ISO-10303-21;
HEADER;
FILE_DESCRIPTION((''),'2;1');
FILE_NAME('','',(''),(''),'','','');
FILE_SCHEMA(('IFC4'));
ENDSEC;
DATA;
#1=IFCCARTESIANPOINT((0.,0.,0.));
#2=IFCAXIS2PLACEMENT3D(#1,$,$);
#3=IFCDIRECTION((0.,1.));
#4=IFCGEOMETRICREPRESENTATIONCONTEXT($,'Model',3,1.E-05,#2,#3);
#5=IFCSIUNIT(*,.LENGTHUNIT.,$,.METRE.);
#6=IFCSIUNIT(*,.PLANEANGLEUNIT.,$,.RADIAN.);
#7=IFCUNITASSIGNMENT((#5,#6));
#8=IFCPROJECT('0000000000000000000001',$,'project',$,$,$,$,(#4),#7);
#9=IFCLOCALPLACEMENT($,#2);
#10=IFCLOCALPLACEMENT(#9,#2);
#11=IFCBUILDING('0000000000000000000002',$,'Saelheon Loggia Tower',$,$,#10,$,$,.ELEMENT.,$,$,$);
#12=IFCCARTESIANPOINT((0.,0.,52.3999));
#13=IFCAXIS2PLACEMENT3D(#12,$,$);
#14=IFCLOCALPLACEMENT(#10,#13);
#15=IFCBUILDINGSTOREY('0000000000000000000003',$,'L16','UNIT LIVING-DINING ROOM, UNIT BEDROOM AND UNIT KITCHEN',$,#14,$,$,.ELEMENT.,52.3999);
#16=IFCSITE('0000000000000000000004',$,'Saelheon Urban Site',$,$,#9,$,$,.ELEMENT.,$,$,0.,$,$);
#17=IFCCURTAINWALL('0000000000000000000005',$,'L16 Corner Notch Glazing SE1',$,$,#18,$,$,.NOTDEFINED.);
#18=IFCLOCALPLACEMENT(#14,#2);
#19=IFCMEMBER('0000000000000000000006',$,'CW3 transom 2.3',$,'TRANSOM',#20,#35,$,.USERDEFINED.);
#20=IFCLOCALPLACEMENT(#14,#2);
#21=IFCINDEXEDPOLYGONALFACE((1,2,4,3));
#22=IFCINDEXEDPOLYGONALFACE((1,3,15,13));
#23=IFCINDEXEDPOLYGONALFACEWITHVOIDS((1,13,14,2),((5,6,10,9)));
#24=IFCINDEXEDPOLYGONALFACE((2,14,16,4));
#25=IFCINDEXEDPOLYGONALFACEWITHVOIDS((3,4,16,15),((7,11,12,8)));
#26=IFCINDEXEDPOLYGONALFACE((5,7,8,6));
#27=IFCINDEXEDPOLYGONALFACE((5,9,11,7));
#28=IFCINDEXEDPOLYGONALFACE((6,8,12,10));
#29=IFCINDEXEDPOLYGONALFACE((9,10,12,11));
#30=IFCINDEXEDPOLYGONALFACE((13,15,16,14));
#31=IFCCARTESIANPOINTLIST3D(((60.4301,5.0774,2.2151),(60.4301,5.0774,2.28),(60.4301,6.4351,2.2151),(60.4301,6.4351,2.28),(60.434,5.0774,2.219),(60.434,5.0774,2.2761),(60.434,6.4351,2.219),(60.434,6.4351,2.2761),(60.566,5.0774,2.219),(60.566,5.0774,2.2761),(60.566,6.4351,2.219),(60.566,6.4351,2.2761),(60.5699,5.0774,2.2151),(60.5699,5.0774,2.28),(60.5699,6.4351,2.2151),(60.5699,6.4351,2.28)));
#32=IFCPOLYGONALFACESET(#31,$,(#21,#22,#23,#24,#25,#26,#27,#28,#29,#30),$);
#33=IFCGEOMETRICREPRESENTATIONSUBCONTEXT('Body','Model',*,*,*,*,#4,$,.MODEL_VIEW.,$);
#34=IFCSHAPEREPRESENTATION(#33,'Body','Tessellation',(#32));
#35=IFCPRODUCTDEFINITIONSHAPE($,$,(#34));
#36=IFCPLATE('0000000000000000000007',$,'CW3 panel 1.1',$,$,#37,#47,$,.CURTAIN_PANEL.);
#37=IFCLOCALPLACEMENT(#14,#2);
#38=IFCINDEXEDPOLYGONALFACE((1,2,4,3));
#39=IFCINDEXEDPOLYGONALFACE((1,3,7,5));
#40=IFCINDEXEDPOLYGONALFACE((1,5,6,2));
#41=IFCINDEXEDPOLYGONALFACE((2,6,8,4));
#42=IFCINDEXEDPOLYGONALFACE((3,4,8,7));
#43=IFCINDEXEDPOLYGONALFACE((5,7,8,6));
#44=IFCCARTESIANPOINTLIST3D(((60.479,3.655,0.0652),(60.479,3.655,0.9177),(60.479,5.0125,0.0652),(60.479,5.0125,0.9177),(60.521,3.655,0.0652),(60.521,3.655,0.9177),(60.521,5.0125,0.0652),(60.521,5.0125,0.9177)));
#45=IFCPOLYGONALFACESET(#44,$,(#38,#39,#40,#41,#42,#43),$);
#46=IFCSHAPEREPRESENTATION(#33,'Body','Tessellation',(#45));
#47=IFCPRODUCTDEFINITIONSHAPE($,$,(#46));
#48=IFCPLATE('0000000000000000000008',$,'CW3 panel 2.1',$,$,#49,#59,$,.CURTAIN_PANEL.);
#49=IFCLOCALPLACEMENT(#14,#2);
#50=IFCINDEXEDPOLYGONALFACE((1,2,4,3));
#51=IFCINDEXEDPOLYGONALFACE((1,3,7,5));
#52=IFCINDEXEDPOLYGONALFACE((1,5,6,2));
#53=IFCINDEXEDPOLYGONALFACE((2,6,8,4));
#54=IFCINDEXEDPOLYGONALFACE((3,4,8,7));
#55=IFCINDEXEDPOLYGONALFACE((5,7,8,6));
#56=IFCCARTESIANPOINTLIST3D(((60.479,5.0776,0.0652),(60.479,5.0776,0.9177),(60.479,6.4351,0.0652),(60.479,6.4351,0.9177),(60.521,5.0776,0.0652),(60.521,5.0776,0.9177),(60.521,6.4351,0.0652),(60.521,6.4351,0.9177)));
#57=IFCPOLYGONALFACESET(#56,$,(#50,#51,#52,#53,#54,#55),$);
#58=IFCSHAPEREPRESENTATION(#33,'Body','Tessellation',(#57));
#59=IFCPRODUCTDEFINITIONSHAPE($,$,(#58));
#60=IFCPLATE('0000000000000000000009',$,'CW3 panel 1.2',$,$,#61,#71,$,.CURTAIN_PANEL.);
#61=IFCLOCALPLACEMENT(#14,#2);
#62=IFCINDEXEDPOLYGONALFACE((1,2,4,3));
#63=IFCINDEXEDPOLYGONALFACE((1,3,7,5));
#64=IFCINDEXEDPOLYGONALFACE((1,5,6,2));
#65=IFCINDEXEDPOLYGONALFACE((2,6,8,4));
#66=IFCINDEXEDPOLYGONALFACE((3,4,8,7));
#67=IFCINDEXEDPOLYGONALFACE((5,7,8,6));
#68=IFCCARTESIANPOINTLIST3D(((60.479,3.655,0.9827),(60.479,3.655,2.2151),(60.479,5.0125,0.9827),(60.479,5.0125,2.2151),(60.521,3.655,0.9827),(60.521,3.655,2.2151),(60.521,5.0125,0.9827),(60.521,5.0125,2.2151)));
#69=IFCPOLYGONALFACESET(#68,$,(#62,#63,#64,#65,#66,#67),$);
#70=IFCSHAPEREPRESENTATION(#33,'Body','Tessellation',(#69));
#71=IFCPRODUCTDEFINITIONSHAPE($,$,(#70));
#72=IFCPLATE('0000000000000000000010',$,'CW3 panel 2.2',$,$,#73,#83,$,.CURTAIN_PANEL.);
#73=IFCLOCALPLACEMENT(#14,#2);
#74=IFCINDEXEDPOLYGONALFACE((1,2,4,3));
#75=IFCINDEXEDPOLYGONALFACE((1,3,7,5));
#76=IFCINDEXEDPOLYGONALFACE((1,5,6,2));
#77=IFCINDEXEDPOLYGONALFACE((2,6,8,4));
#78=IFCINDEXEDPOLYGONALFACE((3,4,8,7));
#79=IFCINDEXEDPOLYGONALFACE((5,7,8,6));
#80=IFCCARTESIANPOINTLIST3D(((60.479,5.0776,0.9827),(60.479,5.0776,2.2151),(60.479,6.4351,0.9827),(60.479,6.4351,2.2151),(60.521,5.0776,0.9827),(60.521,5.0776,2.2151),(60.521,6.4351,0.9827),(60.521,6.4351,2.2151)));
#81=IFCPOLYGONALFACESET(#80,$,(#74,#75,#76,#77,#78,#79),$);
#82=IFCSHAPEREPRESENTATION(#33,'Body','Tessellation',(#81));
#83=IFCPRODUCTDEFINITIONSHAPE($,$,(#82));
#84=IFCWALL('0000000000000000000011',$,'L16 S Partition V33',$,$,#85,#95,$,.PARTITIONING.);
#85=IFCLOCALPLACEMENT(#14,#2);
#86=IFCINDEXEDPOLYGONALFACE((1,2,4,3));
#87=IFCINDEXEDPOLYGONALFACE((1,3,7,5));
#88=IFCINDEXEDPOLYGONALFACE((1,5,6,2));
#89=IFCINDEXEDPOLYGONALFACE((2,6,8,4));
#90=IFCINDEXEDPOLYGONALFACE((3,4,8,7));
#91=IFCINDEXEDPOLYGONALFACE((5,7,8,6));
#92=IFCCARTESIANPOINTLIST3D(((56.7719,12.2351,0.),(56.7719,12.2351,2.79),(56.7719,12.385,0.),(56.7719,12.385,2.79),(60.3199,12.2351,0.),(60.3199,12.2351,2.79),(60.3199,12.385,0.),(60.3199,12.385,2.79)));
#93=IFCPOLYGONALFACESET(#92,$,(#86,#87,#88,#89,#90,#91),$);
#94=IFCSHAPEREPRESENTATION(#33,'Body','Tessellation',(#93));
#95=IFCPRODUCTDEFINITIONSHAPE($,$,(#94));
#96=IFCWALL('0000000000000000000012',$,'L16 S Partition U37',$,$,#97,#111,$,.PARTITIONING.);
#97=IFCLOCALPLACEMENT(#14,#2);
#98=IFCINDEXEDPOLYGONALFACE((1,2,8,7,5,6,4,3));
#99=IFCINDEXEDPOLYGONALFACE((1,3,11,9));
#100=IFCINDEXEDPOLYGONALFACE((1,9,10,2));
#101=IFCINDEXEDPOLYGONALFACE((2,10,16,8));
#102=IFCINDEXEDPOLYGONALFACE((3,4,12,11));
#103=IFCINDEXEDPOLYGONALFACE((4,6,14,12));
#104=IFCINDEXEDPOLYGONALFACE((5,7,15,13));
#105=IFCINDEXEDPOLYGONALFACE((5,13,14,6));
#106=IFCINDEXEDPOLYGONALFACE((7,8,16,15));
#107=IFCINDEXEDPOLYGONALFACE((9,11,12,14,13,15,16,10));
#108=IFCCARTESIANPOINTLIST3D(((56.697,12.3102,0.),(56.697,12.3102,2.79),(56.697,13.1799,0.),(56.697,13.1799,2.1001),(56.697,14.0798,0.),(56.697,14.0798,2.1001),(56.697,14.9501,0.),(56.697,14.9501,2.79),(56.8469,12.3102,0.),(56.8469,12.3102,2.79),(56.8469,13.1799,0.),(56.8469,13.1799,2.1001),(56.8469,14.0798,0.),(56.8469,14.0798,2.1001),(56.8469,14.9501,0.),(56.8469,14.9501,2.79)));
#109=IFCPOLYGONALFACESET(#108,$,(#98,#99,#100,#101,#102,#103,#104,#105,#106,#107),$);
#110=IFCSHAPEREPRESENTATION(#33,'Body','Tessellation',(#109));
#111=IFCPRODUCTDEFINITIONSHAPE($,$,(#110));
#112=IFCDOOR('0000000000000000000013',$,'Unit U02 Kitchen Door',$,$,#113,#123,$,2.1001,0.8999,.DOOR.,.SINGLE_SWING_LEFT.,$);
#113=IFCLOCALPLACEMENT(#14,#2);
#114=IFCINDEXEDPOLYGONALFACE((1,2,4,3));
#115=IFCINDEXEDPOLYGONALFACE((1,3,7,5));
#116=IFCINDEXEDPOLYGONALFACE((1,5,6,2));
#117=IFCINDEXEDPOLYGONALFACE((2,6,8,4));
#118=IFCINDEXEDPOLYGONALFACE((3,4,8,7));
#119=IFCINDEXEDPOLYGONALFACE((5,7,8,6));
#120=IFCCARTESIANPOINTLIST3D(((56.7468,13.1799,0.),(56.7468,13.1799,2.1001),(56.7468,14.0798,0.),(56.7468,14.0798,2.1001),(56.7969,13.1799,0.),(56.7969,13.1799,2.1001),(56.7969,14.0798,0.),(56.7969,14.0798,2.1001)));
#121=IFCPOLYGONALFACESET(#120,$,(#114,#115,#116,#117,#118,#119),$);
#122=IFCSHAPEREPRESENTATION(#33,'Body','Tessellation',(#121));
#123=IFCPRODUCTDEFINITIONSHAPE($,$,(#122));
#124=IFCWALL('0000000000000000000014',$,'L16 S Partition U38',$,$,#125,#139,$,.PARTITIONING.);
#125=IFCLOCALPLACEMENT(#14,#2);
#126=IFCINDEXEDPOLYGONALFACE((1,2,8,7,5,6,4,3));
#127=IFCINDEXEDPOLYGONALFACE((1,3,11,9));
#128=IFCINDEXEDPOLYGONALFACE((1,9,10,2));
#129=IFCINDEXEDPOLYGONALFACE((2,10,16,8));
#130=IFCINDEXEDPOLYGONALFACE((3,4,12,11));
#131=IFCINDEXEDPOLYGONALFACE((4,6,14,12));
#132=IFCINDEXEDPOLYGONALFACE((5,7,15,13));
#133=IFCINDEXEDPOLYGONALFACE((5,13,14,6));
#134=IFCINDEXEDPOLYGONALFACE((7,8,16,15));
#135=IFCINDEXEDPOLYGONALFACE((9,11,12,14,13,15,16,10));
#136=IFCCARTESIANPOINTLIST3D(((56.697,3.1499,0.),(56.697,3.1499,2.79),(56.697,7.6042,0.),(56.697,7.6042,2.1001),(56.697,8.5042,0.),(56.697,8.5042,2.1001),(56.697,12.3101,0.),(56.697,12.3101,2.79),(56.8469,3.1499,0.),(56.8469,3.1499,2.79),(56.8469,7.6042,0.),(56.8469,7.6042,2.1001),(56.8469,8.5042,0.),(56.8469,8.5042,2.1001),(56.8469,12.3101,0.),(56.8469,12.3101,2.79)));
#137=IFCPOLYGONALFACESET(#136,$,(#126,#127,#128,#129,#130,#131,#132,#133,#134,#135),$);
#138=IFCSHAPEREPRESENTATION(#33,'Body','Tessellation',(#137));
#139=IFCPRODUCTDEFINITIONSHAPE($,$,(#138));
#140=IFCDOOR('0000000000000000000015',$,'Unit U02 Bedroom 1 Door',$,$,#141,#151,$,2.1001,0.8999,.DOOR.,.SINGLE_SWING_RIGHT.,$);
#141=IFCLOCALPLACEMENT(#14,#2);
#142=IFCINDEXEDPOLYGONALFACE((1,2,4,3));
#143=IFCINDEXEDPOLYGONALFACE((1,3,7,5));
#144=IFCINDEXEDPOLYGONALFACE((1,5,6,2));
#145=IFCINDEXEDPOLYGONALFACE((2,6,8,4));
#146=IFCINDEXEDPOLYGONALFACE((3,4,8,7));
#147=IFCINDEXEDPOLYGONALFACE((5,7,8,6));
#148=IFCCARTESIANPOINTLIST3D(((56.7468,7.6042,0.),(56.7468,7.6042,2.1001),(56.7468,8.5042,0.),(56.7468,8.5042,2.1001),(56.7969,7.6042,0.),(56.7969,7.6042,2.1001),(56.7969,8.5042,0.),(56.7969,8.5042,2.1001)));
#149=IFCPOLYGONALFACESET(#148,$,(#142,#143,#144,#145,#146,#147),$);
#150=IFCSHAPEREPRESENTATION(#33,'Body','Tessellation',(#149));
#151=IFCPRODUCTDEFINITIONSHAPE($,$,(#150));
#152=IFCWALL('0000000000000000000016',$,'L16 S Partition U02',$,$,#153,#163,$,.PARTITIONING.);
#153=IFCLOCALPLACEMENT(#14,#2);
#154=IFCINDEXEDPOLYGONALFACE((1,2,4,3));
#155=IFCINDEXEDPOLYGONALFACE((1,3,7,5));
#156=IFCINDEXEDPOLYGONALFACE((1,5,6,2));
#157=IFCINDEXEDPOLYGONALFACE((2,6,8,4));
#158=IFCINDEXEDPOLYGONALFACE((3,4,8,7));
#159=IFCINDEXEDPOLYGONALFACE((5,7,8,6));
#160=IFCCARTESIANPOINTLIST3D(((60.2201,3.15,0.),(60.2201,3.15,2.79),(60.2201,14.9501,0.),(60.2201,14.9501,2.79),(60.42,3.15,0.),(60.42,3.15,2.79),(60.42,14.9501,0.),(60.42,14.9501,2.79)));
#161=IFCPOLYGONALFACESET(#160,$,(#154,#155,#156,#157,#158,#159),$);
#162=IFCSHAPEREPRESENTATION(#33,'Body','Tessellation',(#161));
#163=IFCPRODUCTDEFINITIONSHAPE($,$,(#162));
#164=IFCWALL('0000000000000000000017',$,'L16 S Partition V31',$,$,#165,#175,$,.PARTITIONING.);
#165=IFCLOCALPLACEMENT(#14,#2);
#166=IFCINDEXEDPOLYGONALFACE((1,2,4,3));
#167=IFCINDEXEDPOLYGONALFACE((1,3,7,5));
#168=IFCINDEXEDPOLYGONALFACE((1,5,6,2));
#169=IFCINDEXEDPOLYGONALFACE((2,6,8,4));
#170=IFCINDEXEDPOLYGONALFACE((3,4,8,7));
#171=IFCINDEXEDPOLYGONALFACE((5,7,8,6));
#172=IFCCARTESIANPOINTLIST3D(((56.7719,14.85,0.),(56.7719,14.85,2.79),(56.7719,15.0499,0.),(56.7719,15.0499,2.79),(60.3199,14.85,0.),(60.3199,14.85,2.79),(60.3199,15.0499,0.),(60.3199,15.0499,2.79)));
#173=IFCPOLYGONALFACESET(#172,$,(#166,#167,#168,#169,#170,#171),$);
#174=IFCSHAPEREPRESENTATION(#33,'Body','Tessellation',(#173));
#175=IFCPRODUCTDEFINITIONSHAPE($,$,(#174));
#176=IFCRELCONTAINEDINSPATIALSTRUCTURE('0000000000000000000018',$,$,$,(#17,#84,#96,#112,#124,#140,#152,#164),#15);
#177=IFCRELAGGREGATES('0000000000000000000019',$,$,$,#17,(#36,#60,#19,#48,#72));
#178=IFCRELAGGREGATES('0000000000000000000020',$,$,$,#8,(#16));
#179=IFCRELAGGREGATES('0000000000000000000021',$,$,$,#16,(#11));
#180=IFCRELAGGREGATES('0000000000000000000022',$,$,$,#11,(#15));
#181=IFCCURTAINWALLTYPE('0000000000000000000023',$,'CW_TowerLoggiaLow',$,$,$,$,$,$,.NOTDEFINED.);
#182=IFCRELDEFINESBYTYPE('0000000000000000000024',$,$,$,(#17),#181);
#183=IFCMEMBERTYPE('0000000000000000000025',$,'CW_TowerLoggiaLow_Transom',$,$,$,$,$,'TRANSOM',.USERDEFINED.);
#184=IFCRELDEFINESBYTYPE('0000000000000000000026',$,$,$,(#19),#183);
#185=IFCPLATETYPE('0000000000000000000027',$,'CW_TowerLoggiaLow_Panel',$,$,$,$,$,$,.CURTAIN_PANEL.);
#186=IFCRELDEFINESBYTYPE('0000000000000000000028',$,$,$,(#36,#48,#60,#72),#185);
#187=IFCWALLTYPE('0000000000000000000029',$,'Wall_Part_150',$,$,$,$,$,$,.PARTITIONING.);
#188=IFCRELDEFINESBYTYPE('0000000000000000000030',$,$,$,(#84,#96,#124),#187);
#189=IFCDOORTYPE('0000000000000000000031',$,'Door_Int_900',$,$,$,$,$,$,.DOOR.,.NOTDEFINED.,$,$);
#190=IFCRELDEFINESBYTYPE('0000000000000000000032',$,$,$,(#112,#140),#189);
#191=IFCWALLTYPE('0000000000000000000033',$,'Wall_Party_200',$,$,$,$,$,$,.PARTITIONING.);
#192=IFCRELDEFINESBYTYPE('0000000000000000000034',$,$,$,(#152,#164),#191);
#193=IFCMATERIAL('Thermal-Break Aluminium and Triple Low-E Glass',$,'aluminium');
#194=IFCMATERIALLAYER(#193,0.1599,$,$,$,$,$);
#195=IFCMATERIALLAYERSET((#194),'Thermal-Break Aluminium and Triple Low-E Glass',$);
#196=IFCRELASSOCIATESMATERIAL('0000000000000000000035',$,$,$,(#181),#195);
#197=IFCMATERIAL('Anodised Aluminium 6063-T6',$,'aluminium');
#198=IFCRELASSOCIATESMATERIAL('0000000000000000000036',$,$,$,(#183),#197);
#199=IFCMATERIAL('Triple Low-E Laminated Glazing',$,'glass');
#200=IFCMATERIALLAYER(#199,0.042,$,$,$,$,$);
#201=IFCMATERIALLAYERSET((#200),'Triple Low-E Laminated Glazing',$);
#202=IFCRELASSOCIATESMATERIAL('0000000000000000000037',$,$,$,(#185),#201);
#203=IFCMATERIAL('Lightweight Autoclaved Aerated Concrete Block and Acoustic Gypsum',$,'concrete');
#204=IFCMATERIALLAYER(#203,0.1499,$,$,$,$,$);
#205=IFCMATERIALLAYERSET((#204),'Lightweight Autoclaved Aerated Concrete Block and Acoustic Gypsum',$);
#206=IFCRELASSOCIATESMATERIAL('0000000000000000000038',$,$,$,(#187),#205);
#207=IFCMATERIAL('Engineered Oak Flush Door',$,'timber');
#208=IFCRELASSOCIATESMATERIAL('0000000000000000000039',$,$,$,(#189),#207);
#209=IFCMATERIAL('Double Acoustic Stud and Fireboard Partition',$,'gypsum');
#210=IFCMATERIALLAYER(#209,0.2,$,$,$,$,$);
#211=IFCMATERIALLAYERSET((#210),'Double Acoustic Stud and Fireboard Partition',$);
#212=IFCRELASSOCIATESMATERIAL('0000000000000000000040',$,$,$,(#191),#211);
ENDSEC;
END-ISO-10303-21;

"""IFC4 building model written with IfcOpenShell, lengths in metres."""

from ifc_helpers import new_model, si_unit, direction, frame, frame_2d, origin, origin_2d, place, context, subcontext, project, spatial, rectangle, hollow_rectangle, extrude, source, transform, mapped, material, layer, layer_set, material_profile, profile_set, type_object, element, fill, aggregate, save


model = new_model("IFC4")

# Units and contexts
model_context = context("Model", 3, precision=1e-05, world=origin(), true_north=direction((0.0, 1.0)))
body_context = subcontext(model_context, "Body", "Model", "MODEL_VIEW")
ifc_project = project(units=[si_unit("LENGTHUNIT", "METRE"), si_unit("PLANEANGLEUNIT", "RADIAN")], contexts=[model_context])

# Site, building, storey
site_placement = place(None, origin())
site = spatial("IfcSite", under=ifc_project, at=site_placement, Name="Saelheon Urban Site", CompositionType="ELEMENT", RefElevation=0.0)
building_placement = place(site_placement, origin())
building = spatial("IfcBuilding", under=site, at=building_placement, Name="Saelheon Loggia Tower", CompositionType="ELEMENT")
storey_placement = place(building_placement, frame((0.0, 0.0, 52.3999)))
storey = spatial("IfcBuildingStorey", under=building, at=storey_placement, Name="L16", Description="UNIT LIVING-DINING ROOM, UNIT BEDROOM AND UNIT KITCHEN", CompositionType="ELEMENT", Elevation=52.3999)

# Curtain wall, member, plates
ifc_material_1 = material(Name="Thermal-Break Aluminium and Triple Low-E Glass", Category="aluminium")
ifc_layer_1 = layer(ifc_material_1, 0.1599)
ifc_layer_set_1 = layer_set([ifc_layer_1], Name="Thermal-Break Aluminium and Triple Low-E Glass")
curtain_wall_type = type_object("IfcCurtainWallType", Name="CW_TowerLoggiaLow", PredefinedType="NOTDEFINED", material=ifc_layer_set_1)
curtain_wall_placement = place(storey_placement, origin())
curtain_wall = element("IfcCurtainWall", 1, at=curtain_wall_placement, inside=storey, type_object=curtain_wall_type, Name="L16 Corner Notch Glazing SE1", PredefinedType="NOTDEFINED")
ifc_material_2 = material(Name="Anodised Aluminium 6063-T6", Category="aluminium")
ifc_material_profile_1 = material_profile(ifc_material_2, hollow_rectangle(XDim=0.0649, YDim=0.1399, WallThickness=0.0039, at=origin_2d()), Name="RHS-140x65x4")
ifc_profile_set_1 = profile_set([ifc_material_profile_1], Name="Anodised Aluminium 6063-T6")
member_type_1 = type_object("IfcMemberType", Name="CW_TowerLoggiaLow_Transom", ElementType="TRANSOM", PredefinedType="USERDEFINED", material=ifc_profile_set_1)
shared_shape_1 = source(origin(), body_context, "Body", "SweptSolid", [
    extrude(hollow_rectangle(XDim=0.0649, YDim=0.1399, WallThickness=0.0039, at=origin_2d()), origin(), (0.0, 0.0, 1.0), 1.3577),
])
member_1_placement = place(storey_placement, frame((60.5, 5.0774, 2.2476), z_axis=(0.0, 1.0, 0.0), x_axis=(0.0, 0.0, 1.0)))
member_1 = element("IfcMember", 2, at=member_1_placement, type_object=member_type_1, Name="CW3 transom 2.3", ObjectType="TRANSOM", PredefinedType="USERDEFINED", context=body_context, shape_type="MappedRepresentation", body=[
    mapped(shared_shape_1, transform((0.0, 0.0, 0.0), scale=1.0)),
])
ifc_material_3 = material(Name="Triple Low-E Laminated Glazing", Category="glass")
ifc_layer_2 = layer(ifc_material_3, 0.042)
ifc_layer_set_2 = layer_set([ifc_layer_2], Name="Triple Low-E Laminated Glazing")
plate_type = type_object("IfcPlateType", Name="CW_TowerLoggiaLow_Panel", PredefinedType="CURTAIN_PANEL", material=ifc_layer_set_2)
shared_shape_2 = source(origin(), body_context, "Body", "SweptSolid", [
    extrude(rectangle(XDim=1.3574, YDim=0.042, at=origin_2d()), origin(), (0.0, 0.0, 1.0), 0.8525),
])
plate_1_placement = place(storey_placement, frame((60.5, 4.3337, 0.0652), z_axis=(0.0, 0.0, 1.0), x_axis=(0.0, 1.0, 0.0)))
plate_1 = element("IfcPlate", 3, at=plate_1_placement, type_object=plate_type, Name="CW3 panel 1.1", PredefinedType="CURTAIN_PANEL", context=body_context, shape_type="MappedRepresentation", body=[
    mapped(shared_shape_2, transform((0.0, 0.0, 0.0), scale=1.0)),
])
plate_2_placement = place(storey_placement, frame((60.5, 5.7563, 0.0652), z_axis=(0.0, 0.0, 1.0), x_axis=(0.0, 1.0, 0.0)))
plate_2 = element("IfcPlate", 4, at=plate_2_placement, type_object=plate_type, Name="CW3 panel 2.1", PredefinedType="CURTAIN_PANEL", context=body_context, shape_type="MappedRepresentation", body=[
    mapped(shared_shape_2, transform((0.0, 0.0, 0.0), scale=1.0)),
])
shared_shape_3 = source(origin(), body_context, "Body", "SweptSolid", [
    extrude(rectangle(XDim=1.3574, YDim=0.042, at=origin_2d()), origin(), (0.0, 0.0, 1.0), 1.2324),
])
plate_3_placement = place(storey_placement, frame((60.5, 4.3337, 0.9827), z_axis=(0.0, 0.0, 1.0), x_axis=(0.0, 1.0, 0.0)))
plate_3 = element("IfcPlate", 5, at=plate_3_placement, type_object=plate_type, Name="CW3 panel 1.2", PredefinedType="CURTAIN_PANEL", context=body_context, shape_type="MappedRepresentation", body=[
    mapped(shared_shape_3, transform((0.0, 0.0, 0.0), scale=1.0)),
])
plate_4_placement = place(storey_placement, frame((60.5, 5.7563, 0.9827), z_axis=(0.0, 0.0, 1.0), x_axis=(0.0, 1.0, 0.0)))
plate_4 = element("IfcPlate", 6, at=plate_4_placement, type_object=plate_type, Name="CW3 panel 2.2", PredefinedType="CURTAIN_PANEL", context=body_context, shape_type="MappedRepresentation", body=[
    mapped(shared_shape_3, transform((0.0, 0.0, 0.0), scale=1.0)),
])
aggregate(curtain_wall, [plate_1, plate_3, member_1, plate_2, plate_4])

# Wall
ifc_material_4 = material(Name="Lightweight Autoclaved Aerated Concrete Block and Acoustic Gypsum", Category="concrete")
ifc_layer_3 = layer(ifc_material_4, 0.1499)
ifc_layer_set_3 = layer_set([ifc_layer_3], Name="Lightweight Autoclaved Aerated Concrete Block and Acoustic Gypsum")
wall_type_1 = type_object("IfcWallType", Name="Wall_Part_150", PredefinedType="PARTITIONING", material=ifc_layer_set_3)
wall_1_placement = place(storey_placement, frame((56.772, 12.3101, 0.0), z_axis=(0.0, 0.0, 1.0), x_axis=(1.0, 0.0, 0.0)))
element("IfcWall", 7, at=wall_1_placement, inside=storey, type_object=wall_type_1, Name="L16 S Partition V33", PredefinedType="PARTITIONING", context=body_context, shape_type="SweptSolid", body=[
    extrude(rectangle(XDim=3.5481, YDim=0.1499, at=frame_2d((1.7739, 0.0))), origin(), (0.0, 0.0, 1.0), 2.79),
])

# Walls, openings, doors
wall_2_placement = place(storey_placement, frame((56.772, 14.95, 0.0), z_axis=(0.0, 0.0, 1.0), x_axis=(0.0, -1.0, 0.0)))
wall_2 = element("IfcWall", 8, at=wall_2_placement, inside=storey, type_object=wall_type_1, Name="L16 S Partition U37", PredefinedType="PARTITIONING", context=body_context, shape_type="SweptSolid", body=[
    extrude(rectangle(XDim=2.6399, YDim=0.1499, at=frame_2d((1.3198, 0.0))), origin(), (0.0, 0.0, 1.0), 2.79),
])
opening_1_placement = place(wall_2_placement, frame((0.8701, 0.0, 0.0)))
opening_1 = element("IfcOpeningElement", 9, at=opening_1_placement, cuts=wall_2, PredefinedType="OPENING", context=body_context, shape_type="SweptSolid", body=[
    extrude(rectangle(XDim=0.8999, YDim=2.1001, at=frame_2d((0.45, 1.05))), frame((0.0, 0.0869, 0.0), z_axis=(0.0, -1.0, 0.0), x_axis=(1.0, 0.0, 0.0)), (0.0, 0.0, 1.0), 0.1738),
])
ifc_material_5 = material(Name="Engineered Oak Flush Door", Category="timber")
door_type_1 = type_object("IfcDoorType", Name="Door_Int_900", OperationType="NOTDEFINED", PredefinedType="DOOR", material=ifc_material_5)
shared_shape_4 = source(origin(), body_context, "Body", "SweptSolid", [
    extrude(rectangle(XDim=0.8999, YDim=2.1001, at=frame_2d((0.45, 1.05))), frame((0.0, 0.0249, 0.0), z_axis=(0.0, -1.0, 0.0), x_axis=(1.0, 0.0, 0.0)), (0.0, 0.0, 1.0), 0.05),
])
door_1_placement = place(opening_1_placement, origin())
door_1 = element("IfcDoor", 10, at=door_1_placement, inside=storey, type_object=door_type_1, Name="Unit U02 Kitchen Door", OperationType="SINGLE_SWING_LEFT", OverallHeight=2.1001, OverallWidth=0.8999, PredefinedType="DOOR", context=body_context, shape_type="MappedRepresentation", body=[
    mapped(shared_shape_4, transform((0.0, 0.0, 0.0), scale=1.0)),
])
fill(opening_1, door_1)
wall_3_placement = place(storey_placement, frame((56.772, 12.3101, 0.0), z_axis=(0.0, 0.0, 1.0), x_axis=(0.0, -1.0, 0.0)))
wall_3 = element("IfcWall", 11, at=wall_3_placement, inside=storey, type_object=wall_type_1, Name="L16 S Partition U38", PredefinedType="PARTITIONING", context=body_context, shape_type="SweptSolid", body=[
    extrude(rectangle(XDim=9.1602, YDim=0.1499, at=frame_2d((4.5801, 0.0))), origin(), (0.0, 0.0, 1.0), 2.79),
])
opening_2_placement = place(wall_3_placement, frame((3.8059, 0.0, 0.0)))
opening_2 = element("IfcOpeningElement", 12, at=opening_2_placement, cuts=wall_3, PredefinedType="OPENING", context=body_context, shape_type="SweptSolid", body=[
    extrude(rectangle(XDim=0.8999, YDim=2.1001, at=frame_2d((0.45, 1.05))), frame((0.0, 0.0869, 0.0), z_axis=(0.0, -1.0, 0.0), x_axis=(1.0, 0.0, 0.0)), (0.0, 0.0, 1.0), 0.1738),
])
door_2_placement = place(opening_2_placement, origin())
door_2 = element("IfcDoor", 13, at=door_2_placement, inside=storey, type_object=door_type_1, Name="Unit U02 Bedroom 1 Door", OperationType="SINGLE_SWING_RIGHT", OverallHeight=2.1001, OverallWidth=0.8999, PredefinedType="DOOR", context=body_context, shape_type="MappedRepresentation", body=[
    mapped(shared_shape_4, transform((0.0, 0.0, 0.0), scale=1.0)),
])
fill(opening_2, door_2)

# Wall
ifc_material_6 = material(Name="Double Acoustic Stud and Fireboard Partition", Category="gypsum")
ifc_layer_4 = layer(ifc_material_6, 0.2)
ifc_layer_set_4 = layer_set([ifc_layer_4], Name="Double Acoustic Stud and Fireboard Partition")
wall_type_2 = type_object("IfcWallType", Name="Wall_Party_200", PredefinedType="PARTITIONING", material=ifc_layer_set_4)
wall_4_placement = place(storey_placement, frame((60.3201, 14.95, 0.0), z_axis=(0.0, 0.0, 1.0), x_axis=(0.0, -1.0, 0.0)))
element("IfcWall", 14, at=wall_4_placement, inside=storey, type_object=wall_type_2, Name="L16 S Partition U02", PredefinedType="PARTITIONING", context=body_context, shape_type="SweptSolid", body=[
    extrude(rectangle(XDim=11.8, YDim=0.2, at=frame_2d((5.8999, 0.0))), origin(), (0.0, 0.0, 1.0), 2.79),
])

# Wall
wall_5_placement = place(storey_placement, frame((56.772, 14.95, 0.0), z_axis=(0.0, 0.0, 1.0), x_axis=(1.0, 0.0, 0.0)))
element("IfcWall", 15, at=wall_5_placement, inside=storey, type_object=wall_type_2, Name="L16 S Partition V31", PredefinedType="PARTITIONING", context=body_context, shape_type="SweptSolid", body=[
    extrude(rectangle(XDim=3.5481, YDim=0.2, at=frame_2d((1.7739, 0.0))), origin(), (0.0, 0.0, 1.0), 2.79),
])

save(model, "model.ifc")
